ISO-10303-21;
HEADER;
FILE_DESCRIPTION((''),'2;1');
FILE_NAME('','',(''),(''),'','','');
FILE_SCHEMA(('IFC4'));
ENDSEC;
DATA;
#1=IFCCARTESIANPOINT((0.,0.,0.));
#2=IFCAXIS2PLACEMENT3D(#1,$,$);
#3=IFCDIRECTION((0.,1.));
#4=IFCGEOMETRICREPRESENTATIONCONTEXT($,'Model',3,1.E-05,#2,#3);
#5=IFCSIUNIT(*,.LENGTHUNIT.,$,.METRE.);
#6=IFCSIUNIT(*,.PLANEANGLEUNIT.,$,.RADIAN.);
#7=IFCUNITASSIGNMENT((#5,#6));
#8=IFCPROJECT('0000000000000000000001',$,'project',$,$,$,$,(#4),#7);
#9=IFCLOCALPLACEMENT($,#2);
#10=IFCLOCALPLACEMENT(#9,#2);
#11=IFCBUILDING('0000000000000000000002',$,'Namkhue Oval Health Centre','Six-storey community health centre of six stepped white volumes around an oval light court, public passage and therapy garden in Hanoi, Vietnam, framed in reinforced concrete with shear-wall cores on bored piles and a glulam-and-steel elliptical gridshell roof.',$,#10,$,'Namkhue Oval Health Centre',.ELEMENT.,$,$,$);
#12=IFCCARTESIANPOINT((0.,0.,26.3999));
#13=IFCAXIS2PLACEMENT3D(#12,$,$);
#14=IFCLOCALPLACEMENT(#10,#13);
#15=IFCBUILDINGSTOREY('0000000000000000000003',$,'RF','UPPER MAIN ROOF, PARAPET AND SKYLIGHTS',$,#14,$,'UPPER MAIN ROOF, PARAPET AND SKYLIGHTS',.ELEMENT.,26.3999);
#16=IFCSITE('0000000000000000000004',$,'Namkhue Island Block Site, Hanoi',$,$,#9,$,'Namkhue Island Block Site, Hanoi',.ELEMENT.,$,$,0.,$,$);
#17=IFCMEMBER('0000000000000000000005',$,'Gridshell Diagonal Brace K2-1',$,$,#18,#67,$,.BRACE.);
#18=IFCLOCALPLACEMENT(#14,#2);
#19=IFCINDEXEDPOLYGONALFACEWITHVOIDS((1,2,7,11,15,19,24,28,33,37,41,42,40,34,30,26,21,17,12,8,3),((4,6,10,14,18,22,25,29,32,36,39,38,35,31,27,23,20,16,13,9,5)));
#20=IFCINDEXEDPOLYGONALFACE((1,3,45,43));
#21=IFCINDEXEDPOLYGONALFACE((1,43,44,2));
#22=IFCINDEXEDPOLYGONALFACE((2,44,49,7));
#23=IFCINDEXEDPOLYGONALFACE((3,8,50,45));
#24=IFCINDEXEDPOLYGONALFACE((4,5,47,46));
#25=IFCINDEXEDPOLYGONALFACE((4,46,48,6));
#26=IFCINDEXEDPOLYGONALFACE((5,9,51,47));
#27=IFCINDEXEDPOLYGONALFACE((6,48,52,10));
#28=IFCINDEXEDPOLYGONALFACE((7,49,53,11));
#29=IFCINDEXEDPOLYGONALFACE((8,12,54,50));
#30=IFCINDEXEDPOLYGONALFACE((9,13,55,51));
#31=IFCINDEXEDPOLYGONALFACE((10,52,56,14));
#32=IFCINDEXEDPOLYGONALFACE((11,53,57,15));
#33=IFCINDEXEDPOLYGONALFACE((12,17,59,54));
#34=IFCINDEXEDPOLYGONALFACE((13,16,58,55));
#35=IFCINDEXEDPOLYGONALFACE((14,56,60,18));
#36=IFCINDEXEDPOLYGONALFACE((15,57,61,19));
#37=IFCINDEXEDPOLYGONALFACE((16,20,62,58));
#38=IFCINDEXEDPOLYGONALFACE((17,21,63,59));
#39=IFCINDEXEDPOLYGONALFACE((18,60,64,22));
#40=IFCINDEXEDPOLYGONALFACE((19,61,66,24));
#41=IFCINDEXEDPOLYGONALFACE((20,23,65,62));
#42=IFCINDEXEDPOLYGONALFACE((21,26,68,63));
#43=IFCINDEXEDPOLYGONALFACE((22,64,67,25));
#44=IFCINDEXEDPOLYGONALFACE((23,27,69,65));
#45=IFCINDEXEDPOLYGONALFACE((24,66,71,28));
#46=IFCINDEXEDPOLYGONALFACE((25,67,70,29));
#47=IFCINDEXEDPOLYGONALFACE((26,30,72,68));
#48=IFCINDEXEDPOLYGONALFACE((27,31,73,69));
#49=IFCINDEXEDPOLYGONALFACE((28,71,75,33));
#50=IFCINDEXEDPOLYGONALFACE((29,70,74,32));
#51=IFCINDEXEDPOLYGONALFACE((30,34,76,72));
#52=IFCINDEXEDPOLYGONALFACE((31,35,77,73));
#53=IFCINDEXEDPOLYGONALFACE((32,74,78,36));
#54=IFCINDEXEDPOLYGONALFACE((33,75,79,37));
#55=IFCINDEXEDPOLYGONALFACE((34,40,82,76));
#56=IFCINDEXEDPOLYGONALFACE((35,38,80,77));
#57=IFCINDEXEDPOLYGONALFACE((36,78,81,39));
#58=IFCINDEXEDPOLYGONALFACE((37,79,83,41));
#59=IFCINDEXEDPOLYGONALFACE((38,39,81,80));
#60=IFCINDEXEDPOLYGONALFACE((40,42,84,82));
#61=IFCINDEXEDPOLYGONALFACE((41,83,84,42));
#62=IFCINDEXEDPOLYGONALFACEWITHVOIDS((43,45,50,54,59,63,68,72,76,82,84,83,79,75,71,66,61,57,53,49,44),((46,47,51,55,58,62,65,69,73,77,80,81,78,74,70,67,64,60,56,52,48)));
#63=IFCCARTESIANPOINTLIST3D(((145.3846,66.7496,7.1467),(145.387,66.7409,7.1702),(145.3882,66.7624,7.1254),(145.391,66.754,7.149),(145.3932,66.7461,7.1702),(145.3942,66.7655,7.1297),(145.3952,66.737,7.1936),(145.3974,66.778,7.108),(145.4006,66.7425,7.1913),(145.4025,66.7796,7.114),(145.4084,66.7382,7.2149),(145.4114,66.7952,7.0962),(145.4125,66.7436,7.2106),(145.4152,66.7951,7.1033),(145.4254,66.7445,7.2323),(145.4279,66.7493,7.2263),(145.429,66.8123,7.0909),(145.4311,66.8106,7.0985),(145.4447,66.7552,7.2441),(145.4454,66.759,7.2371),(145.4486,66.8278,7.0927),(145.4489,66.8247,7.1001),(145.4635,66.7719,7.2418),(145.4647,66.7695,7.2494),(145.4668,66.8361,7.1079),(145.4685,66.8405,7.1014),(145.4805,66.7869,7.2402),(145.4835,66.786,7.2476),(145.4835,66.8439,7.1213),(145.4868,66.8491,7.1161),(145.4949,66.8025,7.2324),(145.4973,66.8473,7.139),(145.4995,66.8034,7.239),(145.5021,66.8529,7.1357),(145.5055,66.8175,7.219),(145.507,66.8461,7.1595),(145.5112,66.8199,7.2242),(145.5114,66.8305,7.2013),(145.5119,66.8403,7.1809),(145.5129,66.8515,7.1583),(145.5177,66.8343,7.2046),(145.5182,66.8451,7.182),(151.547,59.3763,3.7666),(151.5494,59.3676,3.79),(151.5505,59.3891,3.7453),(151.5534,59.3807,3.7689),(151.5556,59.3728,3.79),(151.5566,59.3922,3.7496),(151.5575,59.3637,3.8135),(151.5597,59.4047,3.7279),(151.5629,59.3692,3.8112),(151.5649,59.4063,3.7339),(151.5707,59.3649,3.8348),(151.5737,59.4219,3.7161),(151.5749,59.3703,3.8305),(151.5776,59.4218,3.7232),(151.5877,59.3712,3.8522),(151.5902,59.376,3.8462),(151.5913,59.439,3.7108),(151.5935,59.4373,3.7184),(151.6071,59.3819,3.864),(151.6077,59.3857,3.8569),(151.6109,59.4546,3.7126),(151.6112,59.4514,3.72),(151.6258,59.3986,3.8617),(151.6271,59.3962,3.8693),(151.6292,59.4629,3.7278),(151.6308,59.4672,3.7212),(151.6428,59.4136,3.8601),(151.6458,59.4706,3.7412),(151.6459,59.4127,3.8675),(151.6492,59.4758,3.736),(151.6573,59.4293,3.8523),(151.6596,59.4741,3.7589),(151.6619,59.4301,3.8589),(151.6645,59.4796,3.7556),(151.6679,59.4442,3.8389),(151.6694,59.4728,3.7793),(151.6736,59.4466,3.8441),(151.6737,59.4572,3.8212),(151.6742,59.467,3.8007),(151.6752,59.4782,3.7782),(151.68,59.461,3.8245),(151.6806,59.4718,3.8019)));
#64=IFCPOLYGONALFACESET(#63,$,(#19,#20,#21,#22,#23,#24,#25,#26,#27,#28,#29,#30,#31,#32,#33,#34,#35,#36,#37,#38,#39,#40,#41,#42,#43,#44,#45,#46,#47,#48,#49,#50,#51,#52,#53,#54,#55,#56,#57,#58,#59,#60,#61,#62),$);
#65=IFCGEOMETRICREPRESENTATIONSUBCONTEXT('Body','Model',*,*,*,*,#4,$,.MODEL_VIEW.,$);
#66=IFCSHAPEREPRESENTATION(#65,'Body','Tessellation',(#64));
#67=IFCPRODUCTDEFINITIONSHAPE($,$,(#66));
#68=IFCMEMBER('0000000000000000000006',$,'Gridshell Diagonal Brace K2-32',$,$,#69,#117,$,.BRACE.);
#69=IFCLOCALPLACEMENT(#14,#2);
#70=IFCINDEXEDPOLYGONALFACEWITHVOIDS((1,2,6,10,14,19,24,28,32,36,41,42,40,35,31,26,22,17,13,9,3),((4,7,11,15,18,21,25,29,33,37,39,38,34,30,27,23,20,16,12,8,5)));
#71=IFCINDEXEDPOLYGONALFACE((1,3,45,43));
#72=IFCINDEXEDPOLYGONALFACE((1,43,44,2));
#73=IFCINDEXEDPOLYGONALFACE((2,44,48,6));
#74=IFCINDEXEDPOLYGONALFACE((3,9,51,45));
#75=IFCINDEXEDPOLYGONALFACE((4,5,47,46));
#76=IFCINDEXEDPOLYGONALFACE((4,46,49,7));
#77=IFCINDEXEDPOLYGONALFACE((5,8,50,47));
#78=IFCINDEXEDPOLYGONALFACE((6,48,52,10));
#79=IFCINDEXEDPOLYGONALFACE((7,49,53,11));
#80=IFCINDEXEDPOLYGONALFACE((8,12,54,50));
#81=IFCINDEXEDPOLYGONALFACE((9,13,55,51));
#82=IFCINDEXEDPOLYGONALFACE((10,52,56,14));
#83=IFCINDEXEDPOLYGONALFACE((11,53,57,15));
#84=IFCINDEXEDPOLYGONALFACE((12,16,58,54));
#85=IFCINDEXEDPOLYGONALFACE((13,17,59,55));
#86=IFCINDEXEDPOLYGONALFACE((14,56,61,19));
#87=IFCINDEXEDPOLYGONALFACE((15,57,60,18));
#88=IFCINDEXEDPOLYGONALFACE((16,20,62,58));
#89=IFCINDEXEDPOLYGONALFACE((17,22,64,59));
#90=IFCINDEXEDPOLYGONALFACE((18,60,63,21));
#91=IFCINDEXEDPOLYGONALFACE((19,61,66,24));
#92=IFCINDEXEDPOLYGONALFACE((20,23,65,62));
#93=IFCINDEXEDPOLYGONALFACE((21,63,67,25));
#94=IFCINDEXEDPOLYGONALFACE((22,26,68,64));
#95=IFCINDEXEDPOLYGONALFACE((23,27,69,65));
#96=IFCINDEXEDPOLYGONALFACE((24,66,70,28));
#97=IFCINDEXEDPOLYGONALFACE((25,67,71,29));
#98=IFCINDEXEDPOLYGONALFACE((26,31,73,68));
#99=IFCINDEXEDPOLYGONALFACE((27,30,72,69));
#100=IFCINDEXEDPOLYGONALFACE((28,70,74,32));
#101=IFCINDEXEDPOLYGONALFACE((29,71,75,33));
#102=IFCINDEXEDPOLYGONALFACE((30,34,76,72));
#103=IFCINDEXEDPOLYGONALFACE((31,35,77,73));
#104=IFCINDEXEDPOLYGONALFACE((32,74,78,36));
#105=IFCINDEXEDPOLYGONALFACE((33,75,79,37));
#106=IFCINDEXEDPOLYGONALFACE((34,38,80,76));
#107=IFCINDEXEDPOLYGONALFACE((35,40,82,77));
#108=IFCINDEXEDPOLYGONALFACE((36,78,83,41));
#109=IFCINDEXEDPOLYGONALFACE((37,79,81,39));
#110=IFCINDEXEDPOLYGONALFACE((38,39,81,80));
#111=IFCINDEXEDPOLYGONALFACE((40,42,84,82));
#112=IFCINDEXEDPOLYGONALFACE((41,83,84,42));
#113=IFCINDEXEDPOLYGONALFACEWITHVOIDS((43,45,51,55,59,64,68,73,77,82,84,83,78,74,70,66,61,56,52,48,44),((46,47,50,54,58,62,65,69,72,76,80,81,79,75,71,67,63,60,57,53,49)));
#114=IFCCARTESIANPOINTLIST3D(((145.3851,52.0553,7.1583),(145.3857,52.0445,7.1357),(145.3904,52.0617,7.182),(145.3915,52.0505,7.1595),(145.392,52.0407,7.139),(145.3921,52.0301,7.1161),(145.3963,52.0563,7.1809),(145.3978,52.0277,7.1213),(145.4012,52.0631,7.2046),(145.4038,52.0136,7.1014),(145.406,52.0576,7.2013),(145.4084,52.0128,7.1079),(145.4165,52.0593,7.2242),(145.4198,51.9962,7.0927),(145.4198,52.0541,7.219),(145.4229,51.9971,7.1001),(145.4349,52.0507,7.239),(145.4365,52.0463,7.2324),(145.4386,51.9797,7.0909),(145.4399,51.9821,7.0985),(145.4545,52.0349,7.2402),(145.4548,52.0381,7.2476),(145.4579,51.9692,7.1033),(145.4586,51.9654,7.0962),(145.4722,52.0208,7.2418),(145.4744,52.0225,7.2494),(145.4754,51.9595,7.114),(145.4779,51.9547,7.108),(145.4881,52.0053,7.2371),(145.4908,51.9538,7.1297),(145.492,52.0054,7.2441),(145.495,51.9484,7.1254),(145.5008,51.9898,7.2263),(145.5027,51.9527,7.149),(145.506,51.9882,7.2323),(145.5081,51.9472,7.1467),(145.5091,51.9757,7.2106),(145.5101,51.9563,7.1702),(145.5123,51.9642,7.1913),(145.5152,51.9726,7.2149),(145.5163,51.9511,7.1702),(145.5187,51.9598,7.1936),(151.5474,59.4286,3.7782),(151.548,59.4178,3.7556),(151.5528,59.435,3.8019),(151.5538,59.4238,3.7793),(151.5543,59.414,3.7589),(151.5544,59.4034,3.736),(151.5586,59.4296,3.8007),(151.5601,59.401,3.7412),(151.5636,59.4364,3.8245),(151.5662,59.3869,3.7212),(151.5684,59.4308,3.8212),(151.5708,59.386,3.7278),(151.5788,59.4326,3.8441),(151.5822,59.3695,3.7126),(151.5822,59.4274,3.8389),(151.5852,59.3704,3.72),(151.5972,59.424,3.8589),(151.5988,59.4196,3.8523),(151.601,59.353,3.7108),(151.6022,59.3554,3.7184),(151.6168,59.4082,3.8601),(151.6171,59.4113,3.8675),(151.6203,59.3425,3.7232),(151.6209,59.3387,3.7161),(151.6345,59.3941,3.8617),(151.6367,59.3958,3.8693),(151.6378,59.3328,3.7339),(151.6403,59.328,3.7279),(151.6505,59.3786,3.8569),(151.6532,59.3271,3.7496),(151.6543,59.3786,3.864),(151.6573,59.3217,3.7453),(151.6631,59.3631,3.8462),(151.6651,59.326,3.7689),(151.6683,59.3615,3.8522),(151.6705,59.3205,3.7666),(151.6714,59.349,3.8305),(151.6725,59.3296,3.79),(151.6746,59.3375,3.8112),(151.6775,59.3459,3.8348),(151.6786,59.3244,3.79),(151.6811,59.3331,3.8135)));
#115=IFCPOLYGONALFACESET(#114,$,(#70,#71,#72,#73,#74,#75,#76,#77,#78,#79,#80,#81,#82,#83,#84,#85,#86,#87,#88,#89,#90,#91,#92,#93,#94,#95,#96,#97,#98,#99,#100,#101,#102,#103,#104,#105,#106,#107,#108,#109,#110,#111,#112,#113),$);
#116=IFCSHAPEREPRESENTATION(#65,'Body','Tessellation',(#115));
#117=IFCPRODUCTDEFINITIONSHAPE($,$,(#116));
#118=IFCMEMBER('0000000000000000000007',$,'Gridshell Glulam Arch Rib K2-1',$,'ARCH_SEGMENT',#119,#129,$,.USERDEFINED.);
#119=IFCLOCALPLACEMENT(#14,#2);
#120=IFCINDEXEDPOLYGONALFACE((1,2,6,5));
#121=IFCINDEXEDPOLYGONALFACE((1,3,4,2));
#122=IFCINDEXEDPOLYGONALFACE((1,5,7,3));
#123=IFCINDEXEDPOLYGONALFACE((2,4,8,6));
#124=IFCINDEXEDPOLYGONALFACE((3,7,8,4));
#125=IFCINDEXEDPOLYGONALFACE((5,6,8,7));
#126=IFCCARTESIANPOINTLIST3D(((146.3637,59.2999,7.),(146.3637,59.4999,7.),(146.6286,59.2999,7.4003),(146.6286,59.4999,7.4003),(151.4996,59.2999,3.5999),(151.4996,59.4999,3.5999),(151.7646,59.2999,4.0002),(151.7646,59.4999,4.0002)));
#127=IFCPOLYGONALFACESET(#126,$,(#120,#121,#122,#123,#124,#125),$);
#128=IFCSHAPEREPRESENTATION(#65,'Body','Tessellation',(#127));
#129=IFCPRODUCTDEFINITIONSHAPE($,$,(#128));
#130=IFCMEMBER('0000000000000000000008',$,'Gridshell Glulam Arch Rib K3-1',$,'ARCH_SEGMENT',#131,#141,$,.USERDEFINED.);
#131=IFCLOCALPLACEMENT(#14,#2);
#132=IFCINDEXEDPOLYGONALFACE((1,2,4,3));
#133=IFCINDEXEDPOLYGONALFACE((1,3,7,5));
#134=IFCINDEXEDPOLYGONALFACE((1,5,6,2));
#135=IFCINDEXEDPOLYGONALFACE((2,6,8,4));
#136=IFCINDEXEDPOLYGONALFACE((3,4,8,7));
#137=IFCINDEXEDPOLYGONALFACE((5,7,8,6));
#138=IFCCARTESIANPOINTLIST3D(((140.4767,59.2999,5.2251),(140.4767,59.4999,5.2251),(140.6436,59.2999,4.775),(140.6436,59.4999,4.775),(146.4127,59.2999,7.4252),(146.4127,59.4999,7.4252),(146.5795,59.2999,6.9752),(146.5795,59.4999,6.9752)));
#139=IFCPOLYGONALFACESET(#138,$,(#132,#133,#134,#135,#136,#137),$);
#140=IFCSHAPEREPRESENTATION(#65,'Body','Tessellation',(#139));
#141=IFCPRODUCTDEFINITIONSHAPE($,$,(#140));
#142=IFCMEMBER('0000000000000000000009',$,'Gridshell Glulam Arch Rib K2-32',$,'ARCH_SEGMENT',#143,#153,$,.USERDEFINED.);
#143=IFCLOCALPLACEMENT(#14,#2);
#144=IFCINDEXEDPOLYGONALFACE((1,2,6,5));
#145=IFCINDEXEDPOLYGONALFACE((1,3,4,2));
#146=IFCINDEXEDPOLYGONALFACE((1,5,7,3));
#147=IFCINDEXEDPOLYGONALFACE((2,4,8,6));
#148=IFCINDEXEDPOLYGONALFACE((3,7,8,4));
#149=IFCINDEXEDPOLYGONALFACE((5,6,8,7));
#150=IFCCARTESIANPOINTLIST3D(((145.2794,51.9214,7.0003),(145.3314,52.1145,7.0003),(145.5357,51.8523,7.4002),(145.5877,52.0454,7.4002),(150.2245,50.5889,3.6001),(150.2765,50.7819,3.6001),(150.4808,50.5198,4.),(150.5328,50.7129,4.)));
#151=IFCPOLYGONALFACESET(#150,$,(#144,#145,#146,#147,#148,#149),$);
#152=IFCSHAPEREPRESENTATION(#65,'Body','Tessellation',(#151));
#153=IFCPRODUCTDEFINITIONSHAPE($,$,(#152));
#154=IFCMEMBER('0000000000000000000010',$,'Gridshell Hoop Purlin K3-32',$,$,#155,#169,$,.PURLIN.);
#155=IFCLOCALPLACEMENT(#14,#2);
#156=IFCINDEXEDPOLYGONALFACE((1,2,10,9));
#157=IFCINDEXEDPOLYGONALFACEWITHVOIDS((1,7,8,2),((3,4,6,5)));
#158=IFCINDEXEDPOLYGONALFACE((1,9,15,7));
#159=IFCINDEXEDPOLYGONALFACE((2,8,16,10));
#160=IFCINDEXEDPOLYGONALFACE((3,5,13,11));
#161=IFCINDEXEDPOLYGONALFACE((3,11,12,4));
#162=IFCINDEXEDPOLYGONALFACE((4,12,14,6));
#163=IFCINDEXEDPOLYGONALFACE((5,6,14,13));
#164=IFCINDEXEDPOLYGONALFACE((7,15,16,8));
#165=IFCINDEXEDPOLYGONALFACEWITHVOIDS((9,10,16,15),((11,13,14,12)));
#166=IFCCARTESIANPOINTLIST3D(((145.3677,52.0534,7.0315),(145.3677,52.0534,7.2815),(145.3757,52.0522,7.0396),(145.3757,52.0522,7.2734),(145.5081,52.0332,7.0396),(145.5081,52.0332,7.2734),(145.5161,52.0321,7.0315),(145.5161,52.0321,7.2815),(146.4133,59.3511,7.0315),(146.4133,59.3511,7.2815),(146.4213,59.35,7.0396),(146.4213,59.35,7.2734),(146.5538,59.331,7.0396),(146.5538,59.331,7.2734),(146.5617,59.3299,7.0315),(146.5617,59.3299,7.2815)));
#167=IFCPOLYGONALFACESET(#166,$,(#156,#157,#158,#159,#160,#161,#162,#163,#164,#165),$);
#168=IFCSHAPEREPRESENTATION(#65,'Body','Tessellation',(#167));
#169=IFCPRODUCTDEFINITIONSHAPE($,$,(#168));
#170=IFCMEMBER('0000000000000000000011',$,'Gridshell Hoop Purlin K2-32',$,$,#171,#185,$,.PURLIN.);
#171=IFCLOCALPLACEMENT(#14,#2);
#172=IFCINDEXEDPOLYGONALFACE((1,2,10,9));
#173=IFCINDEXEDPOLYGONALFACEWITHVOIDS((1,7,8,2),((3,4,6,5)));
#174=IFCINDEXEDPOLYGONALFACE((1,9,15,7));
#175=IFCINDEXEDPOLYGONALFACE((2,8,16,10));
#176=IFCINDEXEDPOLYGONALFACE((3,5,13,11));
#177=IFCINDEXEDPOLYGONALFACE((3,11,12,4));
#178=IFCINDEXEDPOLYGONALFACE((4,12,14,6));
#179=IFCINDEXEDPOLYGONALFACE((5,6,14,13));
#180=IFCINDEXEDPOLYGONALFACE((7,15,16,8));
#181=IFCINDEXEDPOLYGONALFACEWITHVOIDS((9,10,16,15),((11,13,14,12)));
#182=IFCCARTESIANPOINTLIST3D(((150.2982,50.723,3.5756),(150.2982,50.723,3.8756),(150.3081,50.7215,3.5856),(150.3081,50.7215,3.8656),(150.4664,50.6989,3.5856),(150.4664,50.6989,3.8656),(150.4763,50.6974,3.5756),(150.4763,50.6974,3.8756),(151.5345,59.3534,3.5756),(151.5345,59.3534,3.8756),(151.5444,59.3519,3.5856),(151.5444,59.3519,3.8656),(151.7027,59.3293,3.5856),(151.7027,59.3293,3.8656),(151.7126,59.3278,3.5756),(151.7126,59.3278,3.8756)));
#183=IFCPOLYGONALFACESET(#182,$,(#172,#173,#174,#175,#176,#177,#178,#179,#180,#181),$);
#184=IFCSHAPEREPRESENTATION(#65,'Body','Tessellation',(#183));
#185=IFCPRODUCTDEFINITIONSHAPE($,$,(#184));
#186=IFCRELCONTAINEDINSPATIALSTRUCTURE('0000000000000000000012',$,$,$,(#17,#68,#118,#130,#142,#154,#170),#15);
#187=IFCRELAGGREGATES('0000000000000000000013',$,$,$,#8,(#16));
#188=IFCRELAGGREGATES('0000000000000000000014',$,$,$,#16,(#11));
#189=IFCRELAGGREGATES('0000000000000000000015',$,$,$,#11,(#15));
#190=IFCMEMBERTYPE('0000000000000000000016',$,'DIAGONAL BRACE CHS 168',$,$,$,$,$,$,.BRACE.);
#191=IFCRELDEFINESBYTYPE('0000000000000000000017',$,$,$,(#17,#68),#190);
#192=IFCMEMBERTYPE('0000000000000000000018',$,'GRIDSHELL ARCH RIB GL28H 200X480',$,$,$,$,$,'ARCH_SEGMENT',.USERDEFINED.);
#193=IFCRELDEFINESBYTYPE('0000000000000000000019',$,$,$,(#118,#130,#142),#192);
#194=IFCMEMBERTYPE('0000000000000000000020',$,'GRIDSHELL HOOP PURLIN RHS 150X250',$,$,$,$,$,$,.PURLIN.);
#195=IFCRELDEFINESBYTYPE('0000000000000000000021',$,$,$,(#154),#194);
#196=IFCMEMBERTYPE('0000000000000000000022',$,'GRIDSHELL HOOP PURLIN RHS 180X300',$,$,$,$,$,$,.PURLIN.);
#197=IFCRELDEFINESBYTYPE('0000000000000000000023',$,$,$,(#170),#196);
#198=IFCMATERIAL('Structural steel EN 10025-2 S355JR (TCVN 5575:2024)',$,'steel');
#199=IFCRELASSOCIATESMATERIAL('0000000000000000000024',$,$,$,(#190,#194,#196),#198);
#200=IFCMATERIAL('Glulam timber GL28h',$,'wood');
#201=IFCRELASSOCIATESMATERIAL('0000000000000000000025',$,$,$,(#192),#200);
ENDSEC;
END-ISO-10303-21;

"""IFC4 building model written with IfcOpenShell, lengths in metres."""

from ifc_helpers import new_model, si_unit, direction, frame, origin, origin_2d, place, context, subcontext, project, spatial, rectangle, hollow_rectangle, hollow_circle, extrude, material, material_profile, profile_set, type_object, element, save


model = new_model("IFC4")

# Units and contexts
model_context = context("Model", 3, precision=1e-05, world=origin(), true_north=direction((0.0, 1.0)))
body_context = subcontext(model_context, "Body", "Model", "MODEL_VIEW")
ifc_project = project(units=[si_unit("LENGTHUNIT", "METRE"), si_unit("PLANEANGLEUNIT", "RADIAN")], contexts=[model_context])

# Site, building, storey
site_placement = place(None, origin())
site = spatial("IfcSite", under=ifc_project, at=site_placement, Name="Namkhue Island Block Site, Hanoi", LongName="Namkhue Island Block Site, Hanoi", CompositionType="ELEMENT", RefElevation=0.0)
building_placement = place(site_placement, origin())
building = spatial("IfcBuilding", under=site, at=building_placement, Name="Namkhue Oval Health Centre", Description="Six-storey community health centre of six stepped white volumes around an oval light court, public passage and therapy garden in Hanoi, Vietnam, framed in reinforced concrete with shear-wall cores on bored piles and a glulam-and-steel elliptical gridshell roof.", LongName="Namkhue Oval Health Centre", CompositionType="ELEMENT")
storey_placement = place(building_placement, frame((0.0, 0.0, 26.3999)))
storey = spatial("IfcBuildingStorey", under=building, at=storey_placement, Name="RF", Description="UPPER MAIN ROOF, PARAPET AND SKYLIGHTS", LongName="UPPER MAIN ROOF, PARAPET AND SKYLIGHTS", CompositionType="ELEMENT", Elevation=26.3999)

# Members
ifc_material_1 = material(Name="Structural steel EN 10025-2 S355JR (TCVN 5575:2024)", Category="steel")
ifc_material_profile_1 = material_profile(ifc_material_1, hollow_circle(Radius=0.0842, WallThickness=0.0081, at=origin_2d()), Name="CHS 168.3x8")
ifc_profile_set_1 = profile_set([ifc_material_profile_1], Name="Structural steel EN 10025-2 S355JR (TCVN 5575:2024)")
member_type_1 = type_object("IfcMemberType", Name="DIAGONAL BRACE CHS 168", PredefinedType="BRACE", material=ifc_profile_set_1)
for number, where, z_axis, x_axis, name in (
    (1, (151.614, 59.4216, 3.79), (-0.604952, 0.723828, 0.331823), (-0.767302, -0.641286, 0.0), "Gridshell Diagonal Brace K2-1"),
    (2, (151.614, 59.3784, 3.79), (-0.604952, -0.723828, 0.331823), (0.767302, -0.641286, 0.0), "Gridshell Diagonal Brace K2-32"),
):
    element("IfcMember", number, at=place(storey_placement, frame(where, z_axis=z_axis, x_axis=x_axis)), inside=storey, type_object=member_type_1, Name=name, PredefinedType="BRACE", context=body_context, shape_type="SweptSolid", body=[
        extrude(hollow_circle(Radius=0.0842, WallThickness=0.0081, at=origin_2d()), origin(), (0.0, 0.0, 1.0), 10.1865),
    ])
ifc_material_2 = material(Name="Glulam timber GL28h", Category="wood")
ifc_material_profile_2 = material_profile(ifc_material_2, rectangle(XDim=0.2, YDim=0.48, at=origin_2d()), Name="GL28h 200x480")
ifc_profile_set_2 = profile_set([ifc_material_profile_2], Name="Glulam timber GL28h")
member_type_2 = type_object("IfcMemberType", Name="GRIDSHELL ARCH RIB GL28H 200X480", ElementType="ARCH_SEGMENT", PredefinedType="USERDEFINED", material=ifc_profile_set_2)
member_1_placement = place(storey_placement, frame((151.6321, 59.3999, 3.8), z_axis=(-0.833833, 0.0, 0.552017), x_axis=(0.0, -1.0, 0.0)))
element("IfcMember", 3, at=member_1_placement, inside=storey, type_object=member_type_2, Name="Gridshell Glulam Arch Rib K2-1", ObjectType="ARCH_SEGMENT", PredefinedType="USERDEFINED", context=body_context, shape_type="SweptSolid", body=[
    extrude(rectangle(XDim=0.2, YDim=0.48, at=origin_2d()), origin(), (0.0, 0.0, 1.0), 6.1594),
])
member_2_placement = place(storey_placement, frame((146.4961, 59.3999, 7.2002), z_axis=(-0.937663, 0.0, -0.347545), x_axis=(0.0, -1.0, 0.0)))
element("IfcMember", 4, at=member_2_placement, inside=storey, type_object=member_type_2, Name="Gridshell Glulam Arch Rib K3-1", ObjectType="ARCH_SEGMENT", PredefinedType="USERDEFINED", context=body_context, shape_type="SweptSolid", body=[
    extrude(rectangle(XDim=0.2, YDim=0.48, at=origin_2d()), origin(), (0.0, 0.0, 1.0), 6.3306),
])
member_3_placement = place(storey_placement, frame((150.3787, 50.6509, 3.8), z_axis=(-0.804419, 0.216762, 0.553105), x_axis=(-0.260184, -0.965559, 0.0)))
element("IfcMember", 5, at=member_3_placement, inside=storey, type_object=member_type_2, Name="Gridshell Glulam Arch Rib K2-32", ObjectType="ARCH_SEGMENT", PredefinedType="USERDEFINED", context=body_context, shape_type="SweptSolid", body=[
    extrude(rectangle(XDim=0.2, YDim=0.48, at=origin_2d()), origin(), (0.0, 0.0, 1.0), 6.1475),
])
ifc_material_profile_3 = material_profile(ifc_material_1, hollow_rectangle(XDim=0.1499, YDim=0.25, WallThickness=0.0081, at=origin_2d()), Name="RHS 150x250x8")
ifc_profile_set_3 = profile_set([ifc_material_profile_3], Name="Structural steel EN 10025-2 S355JR (TCVN 5575:2024)")
member_type_3 = type_object("IfcMemberType", Name="GRIDSHELL HOOP PURLIN RHS 150X250", PredefinedType="PURLIN", material=ifc_profile_set_3)
member_4_placement = place(storey_placement, frame((145.4419, 52.0427, 7.1565), z_axis=(0.141834, 0.98989, 0.0), x_axis=(-0.98989, 0.141834, 0.0)))
element("IfcMember", 6, at=member_4_placement, inside=storey, type_object=member_type_3, Name="Gridshell Hoop Purlin K3-32", PredefinedType="PURLIN", context=body_context, shape_type="SweptSolid", body=[
    extrude(hollow_rectangle(XDim=0.1499, YDim=0.25, WallThickness=0.0081, at=origin_2d()), origin(), (0.0, 0.0, 1.0), 7.3723),
])
ifc_material_profile_4 = material_profile(ifc_material_1, hollow_rectangle(XDim=0.1799, YDim=0.3, WallThickness=0.01, at=origin_2d()), Name="RHS 180x300x10")
ifc_profile_set_4 = profile_set([ifc_material_profile_4], Name="Structural steel EN 10025-2 S355JR (TCVN 5575:2024)")
member_type_4 = type_object("IfcMemberType", Name="GRIDSHELL HOOP PURLIN RHS 180X300", PredefinedType="PURLIN", material=ifc_profile_set_4)
member_5_placement = place(storey_placement, frame((150.3872, 50.7102, 3.7256), z_axis=(0.141806, 0.989895, 0.0), x_axis=(-0.989895, 0.141806, 0.0)))
element("IfcMember", 7, at=member_5_placement, inside=storey, type_object=member_type_4, Name="Gridshell Hoop Purlin K2-32", PredefinedType="PURLIN", context=body_context, shape_type="SweptSolid", body=[
    extrude(hollow_rectangle(XDim=0.1799, YDim=0.3, WallThickness=0.01, at=origin_2d()), origin(), (0.0, 0.0, 1.0), 8.7185),
])

save(model, "model.ifc")
